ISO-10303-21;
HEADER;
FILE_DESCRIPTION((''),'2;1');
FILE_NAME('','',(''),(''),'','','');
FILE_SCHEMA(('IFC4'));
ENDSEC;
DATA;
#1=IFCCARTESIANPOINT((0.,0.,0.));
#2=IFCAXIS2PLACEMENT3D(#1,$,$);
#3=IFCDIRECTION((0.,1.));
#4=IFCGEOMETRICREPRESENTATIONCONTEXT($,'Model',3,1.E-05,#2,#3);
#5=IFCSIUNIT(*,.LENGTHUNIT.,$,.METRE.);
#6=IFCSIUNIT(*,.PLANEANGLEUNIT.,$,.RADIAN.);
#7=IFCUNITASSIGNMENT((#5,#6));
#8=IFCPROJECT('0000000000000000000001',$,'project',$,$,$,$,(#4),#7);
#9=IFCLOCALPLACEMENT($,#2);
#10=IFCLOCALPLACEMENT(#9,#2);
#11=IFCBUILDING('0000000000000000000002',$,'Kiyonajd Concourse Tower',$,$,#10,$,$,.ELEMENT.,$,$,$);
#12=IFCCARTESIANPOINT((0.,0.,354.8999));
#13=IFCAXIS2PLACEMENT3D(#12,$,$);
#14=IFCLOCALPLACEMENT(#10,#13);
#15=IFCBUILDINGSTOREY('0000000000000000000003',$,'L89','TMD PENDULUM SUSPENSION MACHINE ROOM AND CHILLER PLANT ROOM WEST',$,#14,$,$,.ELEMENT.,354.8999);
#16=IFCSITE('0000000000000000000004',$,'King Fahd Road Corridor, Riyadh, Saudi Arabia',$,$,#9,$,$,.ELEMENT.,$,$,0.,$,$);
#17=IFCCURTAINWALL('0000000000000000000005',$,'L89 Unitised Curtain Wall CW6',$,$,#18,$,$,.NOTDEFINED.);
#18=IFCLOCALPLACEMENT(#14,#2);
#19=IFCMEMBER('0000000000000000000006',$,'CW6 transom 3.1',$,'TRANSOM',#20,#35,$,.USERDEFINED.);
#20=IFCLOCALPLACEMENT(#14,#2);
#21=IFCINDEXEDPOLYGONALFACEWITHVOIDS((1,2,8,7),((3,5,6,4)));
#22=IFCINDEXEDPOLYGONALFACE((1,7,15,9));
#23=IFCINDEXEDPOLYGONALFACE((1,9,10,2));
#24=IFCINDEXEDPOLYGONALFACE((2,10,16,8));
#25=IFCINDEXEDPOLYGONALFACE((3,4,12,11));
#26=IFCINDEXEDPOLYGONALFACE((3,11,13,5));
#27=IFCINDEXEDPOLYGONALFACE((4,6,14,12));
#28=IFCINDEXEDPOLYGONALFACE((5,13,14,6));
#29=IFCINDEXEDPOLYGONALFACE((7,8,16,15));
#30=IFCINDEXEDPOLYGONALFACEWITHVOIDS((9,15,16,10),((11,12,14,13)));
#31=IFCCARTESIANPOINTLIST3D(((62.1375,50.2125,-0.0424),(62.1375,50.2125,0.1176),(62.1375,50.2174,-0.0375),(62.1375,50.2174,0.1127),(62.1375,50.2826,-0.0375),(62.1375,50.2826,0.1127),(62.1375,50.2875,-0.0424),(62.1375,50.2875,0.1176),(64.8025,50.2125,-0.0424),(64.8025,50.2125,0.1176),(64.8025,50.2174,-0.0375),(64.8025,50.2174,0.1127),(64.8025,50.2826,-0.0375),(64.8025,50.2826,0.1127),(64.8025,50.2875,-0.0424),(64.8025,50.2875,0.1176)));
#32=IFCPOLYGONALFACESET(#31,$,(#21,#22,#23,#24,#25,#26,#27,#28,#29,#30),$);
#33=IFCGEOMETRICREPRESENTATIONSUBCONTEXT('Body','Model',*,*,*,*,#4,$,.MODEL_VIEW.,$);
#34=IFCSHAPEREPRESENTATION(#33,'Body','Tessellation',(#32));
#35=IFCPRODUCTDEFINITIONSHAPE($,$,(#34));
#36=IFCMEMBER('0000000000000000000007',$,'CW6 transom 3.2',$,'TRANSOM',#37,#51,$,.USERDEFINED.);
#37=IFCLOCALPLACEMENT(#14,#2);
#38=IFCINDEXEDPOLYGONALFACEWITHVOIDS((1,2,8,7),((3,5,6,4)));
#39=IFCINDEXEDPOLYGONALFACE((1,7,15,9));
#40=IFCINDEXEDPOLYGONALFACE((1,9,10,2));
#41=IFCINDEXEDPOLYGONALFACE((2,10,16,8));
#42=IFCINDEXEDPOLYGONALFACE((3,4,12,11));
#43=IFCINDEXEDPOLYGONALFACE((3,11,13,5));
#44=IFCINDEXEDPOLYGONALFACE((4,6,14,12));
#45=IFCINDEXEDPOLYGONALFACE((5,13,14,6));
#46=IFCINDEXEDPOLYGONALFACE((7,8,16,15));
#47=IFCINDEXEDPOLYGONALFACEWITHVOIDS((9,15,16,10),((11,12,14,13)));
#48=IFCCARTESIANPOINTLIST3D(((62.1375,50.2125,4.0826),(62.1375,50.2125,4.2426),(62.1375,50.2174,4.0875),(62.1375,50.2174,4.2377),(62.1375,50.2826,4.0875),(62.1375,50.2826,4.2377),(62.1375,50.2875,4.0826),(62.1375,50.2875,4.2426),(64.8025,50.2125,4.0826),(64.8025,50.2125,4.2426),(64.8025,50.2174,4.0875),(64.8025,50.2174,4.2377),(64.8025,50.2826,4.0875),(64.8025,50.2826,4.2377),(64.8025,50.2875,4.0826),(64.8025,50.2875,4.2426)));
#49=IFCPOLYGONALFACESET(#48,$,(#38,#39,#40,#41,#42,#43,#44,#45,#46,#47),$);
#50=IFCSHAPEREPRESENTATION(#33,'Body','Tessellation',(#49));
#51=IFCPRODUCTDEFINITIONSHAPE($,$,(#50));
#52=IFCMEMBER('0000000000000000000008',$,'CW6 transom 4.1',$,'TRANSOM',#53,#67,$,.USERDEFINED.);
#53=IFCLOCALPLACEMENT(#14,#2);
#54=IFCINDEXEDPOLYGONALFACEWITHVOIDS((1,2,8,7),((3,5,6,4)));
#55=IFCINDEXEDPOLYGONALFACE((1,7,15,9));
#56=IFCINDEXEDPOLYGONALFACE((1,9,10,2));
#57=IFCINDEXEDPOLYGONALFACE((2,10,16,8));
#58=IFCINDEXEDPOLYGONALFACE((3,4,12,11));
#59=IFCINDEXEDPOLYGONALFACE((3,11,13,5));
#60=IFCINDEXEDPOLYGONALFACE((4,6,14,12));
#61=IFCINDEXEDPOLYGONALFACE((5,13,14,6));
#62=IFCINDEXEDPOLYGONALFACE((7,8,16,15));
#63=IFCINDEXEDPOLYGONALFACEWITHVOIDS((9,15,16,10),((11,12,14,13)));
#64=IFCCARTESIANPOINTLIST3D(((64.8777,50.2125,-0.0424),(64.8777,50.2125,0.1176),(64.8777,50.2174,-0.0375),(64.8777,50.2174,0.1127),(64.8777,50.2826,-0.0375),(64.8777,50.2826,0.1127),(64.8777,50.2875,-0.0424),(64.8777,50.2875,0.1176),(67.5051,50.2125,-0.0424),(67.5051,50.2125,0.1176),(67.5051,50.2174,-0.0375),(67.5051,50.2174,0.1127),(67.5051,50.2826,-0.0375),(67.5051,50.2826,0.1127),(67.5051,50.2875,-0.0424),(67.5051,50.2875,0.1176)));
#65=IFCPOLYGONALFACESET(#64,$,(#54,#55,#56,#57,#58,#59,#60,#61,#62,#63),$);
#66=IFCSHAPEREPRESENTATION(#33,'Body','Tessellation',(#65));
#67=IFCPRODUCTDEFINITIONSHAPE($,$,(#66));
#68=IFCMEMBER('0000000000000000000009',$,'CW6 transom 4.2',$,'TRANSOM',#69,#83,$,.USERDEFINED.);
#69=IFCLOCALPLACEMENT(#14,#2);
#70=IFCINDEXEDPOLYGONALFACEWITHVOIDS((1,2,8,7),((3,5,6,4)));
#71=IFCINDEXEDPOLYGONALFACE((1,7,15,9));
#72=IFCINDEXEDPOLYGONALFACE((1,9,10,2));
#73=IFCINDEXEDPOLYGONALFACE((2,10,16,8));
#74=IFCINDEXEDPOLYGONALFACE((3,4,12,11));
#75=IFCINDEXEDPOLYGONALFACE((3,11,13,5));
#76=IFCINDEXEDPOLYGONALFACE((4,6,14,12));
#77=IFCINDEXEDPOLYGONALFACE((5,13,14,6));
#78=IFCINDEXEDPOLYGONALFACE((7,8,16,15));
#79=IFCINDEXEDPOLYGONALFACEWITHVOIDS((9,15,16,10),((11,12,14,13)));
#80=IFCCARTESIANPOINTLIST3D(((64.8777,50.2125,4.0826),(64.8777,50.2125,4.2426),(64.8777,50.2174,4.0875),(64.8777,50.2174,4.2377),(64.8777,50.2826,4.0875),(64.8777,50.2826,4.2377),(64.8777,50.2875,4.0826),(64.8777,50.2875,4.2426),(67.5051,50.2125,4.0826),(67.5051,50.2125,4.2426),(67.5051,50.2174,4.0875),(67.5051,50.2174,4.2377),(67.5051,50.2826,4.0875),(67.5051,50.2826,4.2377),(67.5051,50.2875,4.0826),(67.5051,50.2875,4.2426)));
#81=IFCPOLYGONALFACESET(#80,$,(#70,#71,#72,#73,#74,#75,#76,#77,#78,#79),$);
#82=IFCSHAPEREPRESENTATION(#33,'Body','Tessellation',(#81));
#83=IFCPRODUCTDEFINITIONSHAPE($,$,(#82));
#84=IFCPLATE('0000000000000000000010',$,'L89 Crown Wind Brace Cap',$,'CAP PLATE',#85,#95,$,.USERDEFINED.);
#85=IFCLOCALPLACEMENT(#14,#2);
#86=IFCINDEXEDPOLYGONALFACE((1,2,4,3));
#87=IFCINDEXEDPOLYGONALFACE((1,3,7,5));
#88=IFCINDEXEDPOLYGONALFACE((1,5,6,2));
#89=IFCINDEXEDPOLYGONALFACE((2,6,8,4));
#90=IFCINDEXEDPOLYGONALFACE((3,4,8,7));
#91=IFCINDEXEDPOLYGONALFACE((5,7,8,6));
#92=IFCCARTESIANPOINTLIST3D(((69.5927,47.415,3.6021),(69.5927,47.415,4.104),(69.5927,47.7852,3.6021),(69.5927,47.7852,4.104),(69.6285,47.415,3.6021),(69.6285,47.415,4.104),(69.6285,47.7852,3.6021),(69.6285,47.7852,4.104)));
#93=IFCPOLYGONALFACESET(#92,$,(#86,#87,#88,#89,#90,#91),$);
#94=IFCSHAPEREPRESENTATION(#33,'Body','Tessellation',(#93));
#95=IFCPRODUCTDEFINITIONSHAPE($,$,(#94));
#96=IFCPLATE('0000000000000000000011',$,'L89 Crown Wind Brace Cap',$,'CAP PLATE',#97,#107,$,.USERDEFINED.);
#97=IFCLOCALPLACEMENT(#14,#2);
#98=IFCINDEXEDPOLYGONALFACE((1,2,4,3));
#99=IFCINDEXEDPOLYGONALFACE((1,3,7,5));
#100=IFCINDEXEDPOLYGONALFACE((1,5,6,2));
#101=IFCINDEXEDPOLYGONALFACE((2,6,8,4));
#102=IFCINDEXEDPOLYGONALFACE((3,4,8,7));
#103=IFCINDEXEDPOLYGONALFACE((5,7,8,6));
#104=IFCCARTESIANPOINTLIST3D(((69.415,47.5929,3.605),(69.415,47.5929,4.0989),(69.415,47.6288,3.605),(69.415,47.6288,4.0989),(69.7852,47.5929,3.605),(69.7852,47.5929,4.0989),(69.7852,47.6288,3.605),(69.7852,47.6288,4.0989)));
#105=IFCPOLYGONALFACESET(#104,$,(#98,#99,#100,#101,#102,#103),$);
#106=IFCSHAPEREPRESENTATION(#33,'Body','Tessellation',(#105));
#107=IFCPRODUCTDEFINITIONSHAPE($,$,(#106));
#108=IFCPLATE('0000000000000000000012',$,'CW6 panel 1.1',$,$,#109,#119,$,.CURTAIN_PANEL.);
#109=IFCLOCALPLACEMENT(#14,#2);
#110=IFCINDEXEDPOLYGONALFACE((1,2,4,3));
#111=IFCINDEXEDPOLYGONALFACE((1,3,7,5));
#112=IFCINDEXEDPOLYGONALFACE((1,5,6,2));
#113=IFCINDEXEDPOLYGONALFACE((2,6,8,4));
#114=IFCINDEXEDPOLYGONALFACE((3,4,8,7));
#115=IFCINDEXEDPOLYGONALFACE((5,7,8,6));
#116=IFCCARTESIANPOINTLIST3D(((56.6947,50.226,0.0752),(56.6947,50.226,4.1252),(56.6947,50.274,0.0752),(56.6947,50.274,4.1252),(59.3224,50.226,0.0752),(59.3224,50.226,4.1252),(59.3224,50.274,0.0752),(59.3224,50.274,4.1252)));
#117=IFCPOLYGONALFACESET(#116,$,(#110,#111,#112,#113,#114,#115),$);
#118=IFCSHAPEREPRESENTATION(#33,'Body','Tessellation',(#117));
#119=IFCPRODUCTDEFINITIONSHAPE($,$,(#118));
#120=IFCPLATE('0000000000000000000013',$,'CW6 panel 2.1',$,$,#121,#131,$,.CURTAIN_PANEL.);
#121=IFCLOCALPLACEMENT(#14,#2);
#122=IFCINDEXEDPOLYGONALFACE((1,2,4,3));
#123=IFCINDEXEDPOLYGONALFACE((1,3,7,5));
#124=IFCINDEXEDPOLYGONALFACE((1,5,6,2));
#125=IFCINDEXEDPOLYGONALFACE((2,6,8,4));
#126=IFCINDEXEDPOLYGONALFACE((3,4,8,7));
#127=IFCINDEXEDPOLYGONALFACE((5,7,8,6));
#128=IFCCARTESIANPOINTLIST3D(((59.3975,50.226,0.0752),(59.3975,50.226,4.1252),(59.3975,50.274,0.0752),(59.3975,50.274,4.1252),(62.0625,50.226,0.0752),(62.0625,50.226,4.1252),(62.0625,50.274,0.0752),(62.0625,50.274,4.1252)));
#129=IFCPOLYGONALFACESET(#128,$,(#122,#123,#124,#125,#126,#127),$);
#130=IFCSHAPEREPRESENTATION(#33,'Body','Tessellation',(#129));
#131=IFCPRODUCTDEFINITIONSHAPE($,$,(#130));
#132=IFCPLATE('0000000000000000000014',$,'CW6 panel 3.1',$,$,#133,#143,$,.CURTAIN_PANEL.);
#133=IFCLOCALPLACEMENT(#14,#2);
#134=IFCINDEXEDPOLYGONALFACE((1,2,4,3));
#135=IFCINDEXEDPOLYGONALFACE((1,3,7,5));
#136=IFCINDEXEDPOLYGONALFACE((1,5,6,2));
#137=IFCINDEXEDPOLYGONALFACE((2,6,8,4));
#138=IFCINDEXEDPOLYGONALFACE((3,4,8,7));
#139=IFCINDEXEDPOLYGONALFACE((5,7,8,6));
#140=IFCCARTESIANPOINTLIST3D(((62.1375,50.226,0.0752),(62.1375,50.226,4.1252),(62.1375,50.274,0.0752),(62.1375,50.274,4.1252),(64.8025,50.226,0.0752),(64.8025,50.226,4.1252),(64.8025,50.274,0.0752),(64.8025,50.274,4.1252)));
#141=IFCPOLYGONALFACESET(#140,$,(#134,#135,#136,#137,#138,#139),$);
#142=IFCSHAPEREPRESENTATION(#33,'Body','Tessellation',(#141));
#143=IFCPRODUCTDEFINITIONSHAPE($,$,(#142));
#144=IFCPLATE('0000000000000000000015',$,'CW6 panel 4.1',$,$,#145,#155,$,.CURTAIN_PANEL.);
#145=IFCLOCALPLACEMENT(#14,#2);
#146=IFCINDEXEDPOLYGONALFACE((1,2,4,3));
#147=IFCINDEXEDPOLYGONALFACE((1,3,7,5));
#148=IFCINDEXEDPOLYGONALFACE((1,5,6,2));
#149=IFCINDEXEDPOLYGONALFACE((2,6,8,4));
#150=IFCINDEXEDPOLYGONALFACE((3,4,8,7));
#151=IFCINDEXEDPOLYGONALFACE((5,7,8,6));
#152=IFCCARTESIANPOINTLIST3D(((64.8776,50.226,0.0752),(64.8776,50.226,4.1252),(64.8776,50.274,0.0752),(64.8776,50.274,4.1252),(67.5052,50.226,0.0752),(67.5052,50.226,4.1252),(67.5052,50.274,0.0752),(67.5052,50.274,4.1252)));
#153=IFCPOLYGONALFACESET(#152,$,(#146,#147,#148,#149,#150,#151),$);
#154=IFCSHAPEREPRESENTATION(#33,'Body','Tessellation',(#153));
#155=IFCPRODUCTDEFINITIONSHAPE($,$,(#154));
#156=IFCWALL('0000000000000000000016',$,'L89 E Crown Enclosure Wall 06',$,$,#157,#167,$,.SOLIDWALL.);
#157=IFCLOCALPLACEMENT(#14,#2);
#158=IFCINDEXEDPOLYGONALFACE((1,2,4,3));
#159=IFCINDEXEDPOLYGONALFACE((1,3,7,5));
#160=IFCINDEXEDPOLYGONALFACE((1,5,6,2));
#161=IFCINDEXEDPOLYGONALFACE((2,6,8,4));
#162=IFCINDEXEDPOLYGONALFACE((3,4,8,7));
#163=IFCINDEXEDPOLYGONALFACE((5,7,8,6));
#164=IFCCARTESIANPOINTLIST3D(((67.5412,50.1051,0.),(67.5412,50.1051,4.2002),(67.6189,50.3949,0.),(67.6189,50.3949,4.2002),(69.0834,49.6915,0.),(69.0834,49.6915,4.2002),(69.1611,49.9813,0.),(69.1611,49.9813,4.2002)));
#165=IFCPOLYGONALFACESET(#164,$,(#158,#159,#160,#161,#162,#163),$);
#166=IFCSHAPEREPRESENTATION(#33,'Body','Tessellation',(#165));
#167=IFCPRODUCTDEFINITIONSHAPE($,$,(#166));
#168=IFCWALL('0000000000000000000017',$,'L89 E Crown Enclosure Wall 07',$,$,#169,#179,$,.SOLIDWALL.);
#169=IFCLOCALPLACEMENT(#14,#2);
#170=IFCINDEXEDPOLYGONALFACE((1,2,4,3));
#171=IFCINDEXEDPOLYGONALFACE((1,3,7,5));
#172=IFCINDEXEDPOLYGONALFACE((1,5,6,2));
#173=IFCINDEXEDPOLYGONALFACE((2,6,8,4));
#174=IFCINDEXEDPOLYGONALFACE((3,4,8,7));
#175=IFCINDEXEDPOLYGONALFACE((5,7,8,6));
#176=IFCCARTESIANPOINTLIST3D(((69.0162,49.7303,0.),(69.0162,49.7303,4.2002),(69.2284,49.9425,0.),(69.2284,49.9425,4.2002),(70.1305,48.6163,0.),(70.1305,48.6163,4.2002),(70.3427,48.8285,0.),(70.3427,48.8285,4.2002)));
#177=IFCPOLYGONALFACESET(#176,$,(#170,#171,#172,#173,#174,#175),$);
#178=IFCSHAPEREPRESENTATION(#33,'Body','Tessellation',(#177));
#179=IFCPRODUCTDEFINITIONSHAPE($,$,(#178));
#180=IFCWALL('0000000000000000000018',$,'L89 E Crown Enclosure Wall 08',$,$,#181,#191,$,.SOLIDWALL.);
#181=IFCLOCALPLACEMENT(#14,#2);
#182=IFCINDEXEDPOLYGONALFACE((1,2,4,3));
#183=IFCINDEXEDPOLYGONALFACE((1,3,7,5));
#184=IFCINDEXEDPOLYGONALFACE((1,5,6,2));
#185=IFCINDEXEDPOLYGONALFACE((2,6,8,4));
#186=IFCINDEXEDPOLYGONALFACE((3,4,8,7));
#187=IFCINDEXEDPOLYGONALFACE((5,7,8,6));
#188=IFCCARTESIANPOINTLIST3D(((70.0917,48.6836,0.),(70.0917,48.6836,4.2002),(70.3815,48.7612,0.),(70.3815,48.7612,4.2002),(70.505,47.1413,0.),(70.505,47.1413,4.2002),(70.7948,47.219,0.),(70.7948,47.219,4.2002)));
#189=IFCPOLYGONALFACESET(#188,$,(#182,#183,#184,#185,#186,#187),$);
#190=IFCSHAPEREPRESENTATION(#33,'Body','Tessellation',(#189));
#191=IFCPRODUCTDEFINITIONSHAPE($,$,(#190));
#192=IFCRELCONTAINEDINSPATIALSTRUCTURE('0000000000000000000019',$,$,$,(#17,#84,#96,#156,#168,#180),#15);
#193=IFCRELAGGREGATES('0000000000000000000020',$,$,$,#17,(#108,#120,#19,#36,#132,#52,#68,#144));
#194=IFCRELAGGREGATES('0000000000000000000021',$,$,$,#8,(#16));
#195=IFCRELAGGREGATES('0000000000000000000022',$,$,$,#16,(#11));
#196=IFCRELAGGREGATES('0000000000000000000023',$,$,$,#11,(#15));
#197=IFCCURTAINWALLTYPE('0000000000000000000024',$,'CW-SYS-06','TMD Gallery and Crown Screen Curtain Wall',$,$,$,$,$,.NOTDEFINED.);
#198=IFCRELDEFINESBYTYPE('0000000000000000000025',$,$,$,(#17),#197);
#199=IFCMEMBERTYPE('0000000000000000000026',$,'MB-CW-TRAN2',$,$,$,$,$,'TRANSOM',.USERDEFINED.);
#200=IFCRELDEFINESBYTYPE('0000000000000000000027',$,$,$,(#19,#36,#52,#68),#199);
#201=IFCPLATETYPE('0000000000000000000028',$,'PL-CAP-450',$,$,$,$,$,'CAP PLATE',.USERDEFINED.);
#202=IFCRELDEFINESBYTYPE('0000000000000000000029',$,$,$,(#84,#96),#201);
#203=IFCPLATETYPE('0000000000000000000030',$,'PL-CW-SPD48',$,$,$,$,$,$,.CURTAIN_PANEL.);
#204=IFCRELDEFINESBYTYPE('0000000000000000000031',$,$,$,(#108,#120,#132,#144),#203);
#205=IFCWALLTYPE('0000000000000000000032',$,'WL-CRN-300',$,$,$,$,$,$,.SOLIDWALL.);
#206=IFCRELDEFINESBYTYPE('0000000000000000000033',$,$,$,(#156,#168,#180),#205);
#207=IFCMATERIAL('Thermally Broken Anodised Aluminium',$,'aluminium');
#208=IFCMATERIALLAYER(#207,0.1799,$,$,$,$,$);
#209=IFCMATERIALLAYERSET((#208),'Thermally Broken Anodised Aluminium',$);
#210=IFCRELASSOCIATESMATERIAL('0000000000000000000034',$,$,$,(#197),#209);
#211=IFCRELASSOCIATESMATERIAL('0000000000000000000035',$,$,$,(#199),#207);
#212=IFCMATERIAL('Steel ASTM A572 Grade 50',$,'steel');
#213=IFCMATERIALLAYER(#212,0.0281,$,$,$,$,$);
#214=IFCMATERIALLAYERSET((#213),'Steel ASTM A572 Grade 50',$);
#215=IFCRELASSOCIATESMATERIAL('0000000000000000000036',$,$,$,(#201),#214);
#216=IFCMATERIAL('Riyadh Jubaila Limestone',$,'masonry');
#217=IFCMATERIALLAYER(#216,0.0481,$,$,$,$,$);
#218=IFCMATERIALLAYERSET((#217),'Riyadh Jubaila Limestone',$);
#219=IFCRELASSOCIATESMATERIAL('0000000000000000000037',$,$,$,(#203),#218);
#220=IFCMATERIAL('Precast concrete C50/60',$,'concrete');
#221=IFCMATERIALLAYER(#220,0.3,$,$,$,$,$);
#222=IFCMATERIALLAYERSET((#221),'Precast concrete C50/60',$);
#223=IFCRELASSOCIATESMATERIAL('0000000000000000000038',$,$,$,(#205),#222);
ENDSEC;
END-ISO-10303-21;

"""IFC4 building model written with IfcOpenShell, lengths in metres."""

from ifc_helpers import new_model, si_unit, direction, frame, frame_2d, origin, origin_2d, place, context, subcontext, project, spatial, rectangle, hollow_rectangle, extrude, material, layer, layer_set, material_profile, profile_set, type_object, element, aggregate, save


model = new_model("IFC4")

# Units and contexts
model_context = context("Model", 3, precision=1e-05, world=origin(), true_north=direction((0.0, 1.0)))
body_context = subcontext(model_context, "Body", "Model", "MODEL_VIEW")
ifc_project = project(units=[si_unit("LENGTHUNIT", "METRE"), si_unit("PLANEANGLEUNIT", "RADIAN")], contexts=[model_context])

# Site, building, storey
site_placement = place(None, origin())
site = spatial("IfcSite", under=ifc_project, at=site_placement, Name="King Fahd Road Corridor, Riyadh, Saudi Arabia", CompositionType="ELEMENT", RefElevation=0.0)
building_placement = place(site_placement, origin())
building = spatial("IfcBuilding", under=site, at=building_placement, Name="Kiyonajd Concourse Tower", CompositionType="ELEMENT")
storey_placement = place(building_placement, frame((0.0, 0.0, 354.8999)))
storey = spatial("IfcBuildingStorey", under=building, at=storey_placement, Name="L89", Description="TMD PENDULUM SUSPENSION MACHINE ROOM AND CHILLER PLANT ROOM WEST", CompositionType="ELEMENT", Elevation=354.8999)

# Shared definitions
ifc_material_1 = material(Name="Steel ASTM A572 Grade 50", Category="steel")

# Curtain wall, members
ifc_material_2 = material(Name="Thermally Broken Anodised Aluminium", Category="aluminium")
ifc_layer_1 = layer(ifc_material_2, 0.1799)
ifc_layer_set_1 = layer_set([ifc_layer_1], Name="Thermally Broken Anodised Aluminium")
curtain_wall_type = type_object("IfcCurtainWallType", Name="CW-SYS-06", Description="TMD Gallery and Crown Screen Curtain Wall", PredefinedType="NOTDEFINED", material=ifc_layer_set_1)
curtain_wall_placement = place(storey_placement, origin())
curtain_wall = element("IfcCurtainWall", 1, at=curtain_wall_placement, inside=storey, type_object=curtain_wall_type, Name="L89 Unitised Curtain Wall CW6", PredefinedType="NOTDEFINED")
ifc_material_profile_1 = material_profile(ifc_material_2, hollow_rectangle(XDim=0.075, YDim=0.1599, WallThickness=0.0049, at=origin_2d()), Name="TRAN-75x160")
ifc_profile_set_1 = profile_set([ifc_material_profile_1], Name="Thermally Broken Anodised Aluminium")
member_type_1 = type_object("IfcMemberType", Name="MB-CW-TRAN2", ElementType="TRANSOM", PredefinedType="USERDEFINED", material=ifc_profile_set_1)
member_1_placement = place(storey_placement, frame((62.1375, 50.25, 0.0376), z_axis=(1.0, 0.0, 0.0), x_axis=(0.0, 1.0, 0.0)))
member_1 = element("IfcMember", 2, at=member_1_placement, type_object=member_type_1, Name="CW6 transom 3.1", ObjectType="TRANSOM", PredefinedType="USERDEFINED", context=body_context, shape_type="SweptSolid", body=[
    extrude(hollow_rectangle(XDim=0.075, YDim=0.1599, WallThickness=0.0049, at=origin_2d()), origin(), (0.0, 0.0, 1.0), 2.665),
])
member_2_placement = place(storey_placement, frame((62.1375, 50.25, 4.1626), z_axis=(1.0, 0.0, 0.0), x_axis=(0.0, 1.0, 0.0)))
member_2 = element("IfcMember", 3, at=member_2_placement, type_object=member_type_1, Name="CW6 transom 3.2", ObjectType="TRANSOM", PredefinedType="USERDEFINED", context=body_context, shape_type="SweptSolid", body=[
    extrude(hollow_rectangle(XDim=0.075, YDim=0.1599, WallThickness=0.0049, at=origin_2d()), origin(), (0.0, 0.0, 1.0), 2.665),
])
member_3_placement = place(storey_placement, frame((64.8777, 50.25, 0.0376), z_axis=(1.0, 0.0, 0.0), x_axis=(0.0, 1.0, 0.0)))
member_3 = element("IfcMember", 4, at=member_3_placement, type_object=member_type_1, Name="CW6 transom 4.1", ObjectType="TRANSOM", PredefinedType="USERDEFINED", context=body_context, shape_type="SweptSolid", body=[
    extrude(hollow_rectangle(XDim=0.075, YDim=0.1599, WallThickness=0.0049, at=origin_2d()), origin(), (0.0, 0.0, 1.0), 2.6274),
])
member_4_placement = place(storey_placement, frame((64.8777, 50.25, 4.1626), z_axis=(1.0, 0.0, 0.0), x_axis=(0.0, 1.0, 0.0)))
member_4 = element("IfcMember", 5, at=member_4_placement, type_object=member_type_1, Name="CW6 transom 4.2", ObjectType="TRANSOM", PredefinedType="USERDEFINED", context=body_context, shape_type="SweptSolid", body=[
    extrude(hollow_rectangle(XDim=0.075, YDim=0.1599, WallThickness=0.0049, at=origin_2d()), origin(), (0.0, 0.0, 1.0), 2.6274),
])

# Plates
ifc_layer_2 = layer(ifc_material_1, 0.0281)
ifc_layer_set_2 = layer_set([ifc_layer_2], Name="Steel ASTM A572 Grade 50")
plate_type_1 = type_object("IfcPlateType", Name="PL-CAP-450", ElementType="CAP PLATE", PredefinedType="USERDEFINED", material=ifc_layer_set_2)
plate_1_placement = place(storey_placement, frame((69.6106, 47.6001, 3.6021), z_axis=(0.0, 0.0, 1.0), x_axis=(1.0, 0.0, 0.0)))
element("IfcPlate", 6, at=plate_1_placement, inside=storey, type_object=plate_type_1, Name="L89 Crown Wind Brace Cap", ObjectType="CAP PLATE", PredefinedType="USERDEFINED", context=body_context, shape_type="SweptSolid", body=[
    extrude(rectangle(XDim=0.0359, YDim=0.3701, at=origin_2d()), origin(), (0.0, 0.0, 1.0), 0.502),
])
plate_2_placement = place(storey_placement, frame((69.6001, 47.6108, 3.605), z_axis=(0.0, 0.0, 1.0), x_axis=(0.0, 1.0, 0.0)))
element("IfcPlate", 7, at=plate_2_placement, inside=storey, type_object=plate_type_1, Name="L89 Crown Wind Brace Cap", ObjectType="CAP PLATE", PredefinedType="USERDEFINED", context=body_context, shape_type="SweptSolid", body=[
    extrude(rectangle(XDim=0.0359, YDim=0.3701, at=origin_2d()), origin(), (0.0, 0.0, 1.0), 0.4939),
])

# Plates
ifc_material_3 = material(Name="Riyadh Jubaila Limestone", Category="masonry")
ifc_layer_3 = layer(ifc_material_3, 0.0481)
ifc_layer_set_3 = layer_set([ifc_layer_3], Name="Riyadh Jubaila Limestone")
plate_type_2 = type_object("IfcPlateType", Name="PL-CW-SPD48", PredefinedType="CURTAIN_PANEL", material=ifc_layer_set_3)
plate_3_placement = place(storey_placement, frame((58.0085, 50.25, 0.0752), z_axis=(0.0, 0.0, 1.0), x_axis=(1.0, 0.0, 0.0)))
plate_3 = element("IfcPlate", 8, at=plate_3_placement, type_object=plate_type_2, Name="CW6 panel 1.1", PredefinedType="CURTAIN_PANEL", context=body_context, shape_type="SweptSolid", body=[
    extrude(rectangle(XDim=2.6277, YDim=0.0481, at=origin_2d()), origin(), (0.0, 0.0, 1.0), 4.05),
])
plate_4_placement = place(storey_placement, frame((60.73, 50.25, 0.0752), z_axis=(0.0, 0.0, 1.0), x_axis=(1.0, 0.0, 0.0)))
plate_4 = element("IfcPlate", 9, at=plate_4_placement, type_object=plate_type_2, Name="CW6 panel 2.1", PredefinedType="CURTAIN_PANEL", context=body_context, shape_type="SweptSolid", body=[
    extrude(rectangle(XDim=2.665, YDim=0.0481, at=origin_2d()), origin(), (0.0, 0.0, 1.0), 4.05),
])
plate_5_placement = place(storey_placement, frame((63.47, 50.25, 0.0752), z_axis=(0.0, 0.0, 1.0), x_axis=(1.0, 0.0, 0.0)))
plate_5 = element("IfcPlate", 10, at=plate_5_placement, type_object=plate_type_2, Name="CW6 panel 3.1", PredefinedType="CURTAIN_PANEL", context=body_context, shape_type="SweptSolid", body=[
    extrude(rectangle(XDim=2.665, YDim=0.0481, at=origin_2d()), origin(), (0.0, 0.0, 1.0), 4.05),
])
plate_6_placement = place(storey_placement, frame((66.1914, 50.25, 0.0752), z_axis=(0.0, 0.0, 1.0), x_axis=(1.0, 0.0, 0.0)))
plate_6 = element("IfcPlate", 11, at=plate_6_placement, type_object=plate_type_2, Name="CW6 panel 4.1", PredefinedType="CURTAIN_PANEL", context=body_context, shape_type="SweptSolid", body=[
    extrude(rectangle(XDim=2.6277, YDim=0.0481, at=origin_2d()), origin(), (0.0, 0.0, 1.0), 4.05),
])
aggregate(curtain_wall, [plate_3, plate_4, member_1, member_2, plate_5, member_3, member_4, plate_6])

# Walls
ifc_material_4 = material(Name="Precast concrete C50/60", Category="concrete")
ifc_layer_4 = layer(ifc_material_4, 0.3)
ifc_layer_set_4 = layer_set([ifc_layer_4], Name="Precast concrete C50/60")
wall_type_1 = type_object("IfcWallType", Name="WL-CRN-300", PredefinedType="SOLIDWALL", material=ifc_layer_set_4)
wall_1_placement = place(storey_placement, frame((67.5801, 50.25, 0.0), z_axis=(0.0, 0.0, 1.0), x_axis=(0.965874, -0.259014, 0.0)))
element("IfcWall", 12, at=wall_1_placement, inside=storey, type_object=wall_type_1, Name="L89 E Crown Enclosure Wall 06", PredefinedType="SOLIDWALL", context=body_context, shape_type="SweptSolid", body=[
    extrude(rectangle(XDim=1.5967, YDim=0.3, at=frame_2d((0.7983, 0.0))), origin(), (0.0, 0.0, 1.0), 4.2002),
])
wall_2_placement = place(storey_placement, frame((69.1223, 49.8364, 0.0), z_axis=(0.0, 0.0, 1.0), x_axis=(0.707184, -0.707029, 0.0)))
element("IfcWall", 13, at=wall_2_placement, inside=storey, type_object=wall_type_1, Name="L89 E Crown Enclosure Wall 07", PredefinedType="SOLIDWALL", context=body_context, shape_type="SweptSolid", body=[
    extrude(rectangle(XDim=1.5757, YDim=0.3, at=frame_2d((0.7878, 0.0))), origin(), (0.0, 0.0, 1.0), 4.2002),
])
wall_3_placement = place(storey_placement, frame((70.2366, 48.7224, 0.0), z_axis=(0.0, 0.0, 1.0), x_axis=(0.258871, -0.965912, 0.0)))
element("IfcWall", 14, at=wall_3_placement, inside=storey, type_object=wall_type_1, Name="L89 E Crown Enclosure Wall 08", PredefinedType="SOLIDWALL", context=body_context, shape_type="SweptSolid", body=[
    extrude(rectangle(XDim=1.5967, YDim=0.3, at=frame_2d((0.7983, 0.0))), origin(), (0.0, 0.0, 1.0), 4.2002),
])

save(model, "model.ifc")
